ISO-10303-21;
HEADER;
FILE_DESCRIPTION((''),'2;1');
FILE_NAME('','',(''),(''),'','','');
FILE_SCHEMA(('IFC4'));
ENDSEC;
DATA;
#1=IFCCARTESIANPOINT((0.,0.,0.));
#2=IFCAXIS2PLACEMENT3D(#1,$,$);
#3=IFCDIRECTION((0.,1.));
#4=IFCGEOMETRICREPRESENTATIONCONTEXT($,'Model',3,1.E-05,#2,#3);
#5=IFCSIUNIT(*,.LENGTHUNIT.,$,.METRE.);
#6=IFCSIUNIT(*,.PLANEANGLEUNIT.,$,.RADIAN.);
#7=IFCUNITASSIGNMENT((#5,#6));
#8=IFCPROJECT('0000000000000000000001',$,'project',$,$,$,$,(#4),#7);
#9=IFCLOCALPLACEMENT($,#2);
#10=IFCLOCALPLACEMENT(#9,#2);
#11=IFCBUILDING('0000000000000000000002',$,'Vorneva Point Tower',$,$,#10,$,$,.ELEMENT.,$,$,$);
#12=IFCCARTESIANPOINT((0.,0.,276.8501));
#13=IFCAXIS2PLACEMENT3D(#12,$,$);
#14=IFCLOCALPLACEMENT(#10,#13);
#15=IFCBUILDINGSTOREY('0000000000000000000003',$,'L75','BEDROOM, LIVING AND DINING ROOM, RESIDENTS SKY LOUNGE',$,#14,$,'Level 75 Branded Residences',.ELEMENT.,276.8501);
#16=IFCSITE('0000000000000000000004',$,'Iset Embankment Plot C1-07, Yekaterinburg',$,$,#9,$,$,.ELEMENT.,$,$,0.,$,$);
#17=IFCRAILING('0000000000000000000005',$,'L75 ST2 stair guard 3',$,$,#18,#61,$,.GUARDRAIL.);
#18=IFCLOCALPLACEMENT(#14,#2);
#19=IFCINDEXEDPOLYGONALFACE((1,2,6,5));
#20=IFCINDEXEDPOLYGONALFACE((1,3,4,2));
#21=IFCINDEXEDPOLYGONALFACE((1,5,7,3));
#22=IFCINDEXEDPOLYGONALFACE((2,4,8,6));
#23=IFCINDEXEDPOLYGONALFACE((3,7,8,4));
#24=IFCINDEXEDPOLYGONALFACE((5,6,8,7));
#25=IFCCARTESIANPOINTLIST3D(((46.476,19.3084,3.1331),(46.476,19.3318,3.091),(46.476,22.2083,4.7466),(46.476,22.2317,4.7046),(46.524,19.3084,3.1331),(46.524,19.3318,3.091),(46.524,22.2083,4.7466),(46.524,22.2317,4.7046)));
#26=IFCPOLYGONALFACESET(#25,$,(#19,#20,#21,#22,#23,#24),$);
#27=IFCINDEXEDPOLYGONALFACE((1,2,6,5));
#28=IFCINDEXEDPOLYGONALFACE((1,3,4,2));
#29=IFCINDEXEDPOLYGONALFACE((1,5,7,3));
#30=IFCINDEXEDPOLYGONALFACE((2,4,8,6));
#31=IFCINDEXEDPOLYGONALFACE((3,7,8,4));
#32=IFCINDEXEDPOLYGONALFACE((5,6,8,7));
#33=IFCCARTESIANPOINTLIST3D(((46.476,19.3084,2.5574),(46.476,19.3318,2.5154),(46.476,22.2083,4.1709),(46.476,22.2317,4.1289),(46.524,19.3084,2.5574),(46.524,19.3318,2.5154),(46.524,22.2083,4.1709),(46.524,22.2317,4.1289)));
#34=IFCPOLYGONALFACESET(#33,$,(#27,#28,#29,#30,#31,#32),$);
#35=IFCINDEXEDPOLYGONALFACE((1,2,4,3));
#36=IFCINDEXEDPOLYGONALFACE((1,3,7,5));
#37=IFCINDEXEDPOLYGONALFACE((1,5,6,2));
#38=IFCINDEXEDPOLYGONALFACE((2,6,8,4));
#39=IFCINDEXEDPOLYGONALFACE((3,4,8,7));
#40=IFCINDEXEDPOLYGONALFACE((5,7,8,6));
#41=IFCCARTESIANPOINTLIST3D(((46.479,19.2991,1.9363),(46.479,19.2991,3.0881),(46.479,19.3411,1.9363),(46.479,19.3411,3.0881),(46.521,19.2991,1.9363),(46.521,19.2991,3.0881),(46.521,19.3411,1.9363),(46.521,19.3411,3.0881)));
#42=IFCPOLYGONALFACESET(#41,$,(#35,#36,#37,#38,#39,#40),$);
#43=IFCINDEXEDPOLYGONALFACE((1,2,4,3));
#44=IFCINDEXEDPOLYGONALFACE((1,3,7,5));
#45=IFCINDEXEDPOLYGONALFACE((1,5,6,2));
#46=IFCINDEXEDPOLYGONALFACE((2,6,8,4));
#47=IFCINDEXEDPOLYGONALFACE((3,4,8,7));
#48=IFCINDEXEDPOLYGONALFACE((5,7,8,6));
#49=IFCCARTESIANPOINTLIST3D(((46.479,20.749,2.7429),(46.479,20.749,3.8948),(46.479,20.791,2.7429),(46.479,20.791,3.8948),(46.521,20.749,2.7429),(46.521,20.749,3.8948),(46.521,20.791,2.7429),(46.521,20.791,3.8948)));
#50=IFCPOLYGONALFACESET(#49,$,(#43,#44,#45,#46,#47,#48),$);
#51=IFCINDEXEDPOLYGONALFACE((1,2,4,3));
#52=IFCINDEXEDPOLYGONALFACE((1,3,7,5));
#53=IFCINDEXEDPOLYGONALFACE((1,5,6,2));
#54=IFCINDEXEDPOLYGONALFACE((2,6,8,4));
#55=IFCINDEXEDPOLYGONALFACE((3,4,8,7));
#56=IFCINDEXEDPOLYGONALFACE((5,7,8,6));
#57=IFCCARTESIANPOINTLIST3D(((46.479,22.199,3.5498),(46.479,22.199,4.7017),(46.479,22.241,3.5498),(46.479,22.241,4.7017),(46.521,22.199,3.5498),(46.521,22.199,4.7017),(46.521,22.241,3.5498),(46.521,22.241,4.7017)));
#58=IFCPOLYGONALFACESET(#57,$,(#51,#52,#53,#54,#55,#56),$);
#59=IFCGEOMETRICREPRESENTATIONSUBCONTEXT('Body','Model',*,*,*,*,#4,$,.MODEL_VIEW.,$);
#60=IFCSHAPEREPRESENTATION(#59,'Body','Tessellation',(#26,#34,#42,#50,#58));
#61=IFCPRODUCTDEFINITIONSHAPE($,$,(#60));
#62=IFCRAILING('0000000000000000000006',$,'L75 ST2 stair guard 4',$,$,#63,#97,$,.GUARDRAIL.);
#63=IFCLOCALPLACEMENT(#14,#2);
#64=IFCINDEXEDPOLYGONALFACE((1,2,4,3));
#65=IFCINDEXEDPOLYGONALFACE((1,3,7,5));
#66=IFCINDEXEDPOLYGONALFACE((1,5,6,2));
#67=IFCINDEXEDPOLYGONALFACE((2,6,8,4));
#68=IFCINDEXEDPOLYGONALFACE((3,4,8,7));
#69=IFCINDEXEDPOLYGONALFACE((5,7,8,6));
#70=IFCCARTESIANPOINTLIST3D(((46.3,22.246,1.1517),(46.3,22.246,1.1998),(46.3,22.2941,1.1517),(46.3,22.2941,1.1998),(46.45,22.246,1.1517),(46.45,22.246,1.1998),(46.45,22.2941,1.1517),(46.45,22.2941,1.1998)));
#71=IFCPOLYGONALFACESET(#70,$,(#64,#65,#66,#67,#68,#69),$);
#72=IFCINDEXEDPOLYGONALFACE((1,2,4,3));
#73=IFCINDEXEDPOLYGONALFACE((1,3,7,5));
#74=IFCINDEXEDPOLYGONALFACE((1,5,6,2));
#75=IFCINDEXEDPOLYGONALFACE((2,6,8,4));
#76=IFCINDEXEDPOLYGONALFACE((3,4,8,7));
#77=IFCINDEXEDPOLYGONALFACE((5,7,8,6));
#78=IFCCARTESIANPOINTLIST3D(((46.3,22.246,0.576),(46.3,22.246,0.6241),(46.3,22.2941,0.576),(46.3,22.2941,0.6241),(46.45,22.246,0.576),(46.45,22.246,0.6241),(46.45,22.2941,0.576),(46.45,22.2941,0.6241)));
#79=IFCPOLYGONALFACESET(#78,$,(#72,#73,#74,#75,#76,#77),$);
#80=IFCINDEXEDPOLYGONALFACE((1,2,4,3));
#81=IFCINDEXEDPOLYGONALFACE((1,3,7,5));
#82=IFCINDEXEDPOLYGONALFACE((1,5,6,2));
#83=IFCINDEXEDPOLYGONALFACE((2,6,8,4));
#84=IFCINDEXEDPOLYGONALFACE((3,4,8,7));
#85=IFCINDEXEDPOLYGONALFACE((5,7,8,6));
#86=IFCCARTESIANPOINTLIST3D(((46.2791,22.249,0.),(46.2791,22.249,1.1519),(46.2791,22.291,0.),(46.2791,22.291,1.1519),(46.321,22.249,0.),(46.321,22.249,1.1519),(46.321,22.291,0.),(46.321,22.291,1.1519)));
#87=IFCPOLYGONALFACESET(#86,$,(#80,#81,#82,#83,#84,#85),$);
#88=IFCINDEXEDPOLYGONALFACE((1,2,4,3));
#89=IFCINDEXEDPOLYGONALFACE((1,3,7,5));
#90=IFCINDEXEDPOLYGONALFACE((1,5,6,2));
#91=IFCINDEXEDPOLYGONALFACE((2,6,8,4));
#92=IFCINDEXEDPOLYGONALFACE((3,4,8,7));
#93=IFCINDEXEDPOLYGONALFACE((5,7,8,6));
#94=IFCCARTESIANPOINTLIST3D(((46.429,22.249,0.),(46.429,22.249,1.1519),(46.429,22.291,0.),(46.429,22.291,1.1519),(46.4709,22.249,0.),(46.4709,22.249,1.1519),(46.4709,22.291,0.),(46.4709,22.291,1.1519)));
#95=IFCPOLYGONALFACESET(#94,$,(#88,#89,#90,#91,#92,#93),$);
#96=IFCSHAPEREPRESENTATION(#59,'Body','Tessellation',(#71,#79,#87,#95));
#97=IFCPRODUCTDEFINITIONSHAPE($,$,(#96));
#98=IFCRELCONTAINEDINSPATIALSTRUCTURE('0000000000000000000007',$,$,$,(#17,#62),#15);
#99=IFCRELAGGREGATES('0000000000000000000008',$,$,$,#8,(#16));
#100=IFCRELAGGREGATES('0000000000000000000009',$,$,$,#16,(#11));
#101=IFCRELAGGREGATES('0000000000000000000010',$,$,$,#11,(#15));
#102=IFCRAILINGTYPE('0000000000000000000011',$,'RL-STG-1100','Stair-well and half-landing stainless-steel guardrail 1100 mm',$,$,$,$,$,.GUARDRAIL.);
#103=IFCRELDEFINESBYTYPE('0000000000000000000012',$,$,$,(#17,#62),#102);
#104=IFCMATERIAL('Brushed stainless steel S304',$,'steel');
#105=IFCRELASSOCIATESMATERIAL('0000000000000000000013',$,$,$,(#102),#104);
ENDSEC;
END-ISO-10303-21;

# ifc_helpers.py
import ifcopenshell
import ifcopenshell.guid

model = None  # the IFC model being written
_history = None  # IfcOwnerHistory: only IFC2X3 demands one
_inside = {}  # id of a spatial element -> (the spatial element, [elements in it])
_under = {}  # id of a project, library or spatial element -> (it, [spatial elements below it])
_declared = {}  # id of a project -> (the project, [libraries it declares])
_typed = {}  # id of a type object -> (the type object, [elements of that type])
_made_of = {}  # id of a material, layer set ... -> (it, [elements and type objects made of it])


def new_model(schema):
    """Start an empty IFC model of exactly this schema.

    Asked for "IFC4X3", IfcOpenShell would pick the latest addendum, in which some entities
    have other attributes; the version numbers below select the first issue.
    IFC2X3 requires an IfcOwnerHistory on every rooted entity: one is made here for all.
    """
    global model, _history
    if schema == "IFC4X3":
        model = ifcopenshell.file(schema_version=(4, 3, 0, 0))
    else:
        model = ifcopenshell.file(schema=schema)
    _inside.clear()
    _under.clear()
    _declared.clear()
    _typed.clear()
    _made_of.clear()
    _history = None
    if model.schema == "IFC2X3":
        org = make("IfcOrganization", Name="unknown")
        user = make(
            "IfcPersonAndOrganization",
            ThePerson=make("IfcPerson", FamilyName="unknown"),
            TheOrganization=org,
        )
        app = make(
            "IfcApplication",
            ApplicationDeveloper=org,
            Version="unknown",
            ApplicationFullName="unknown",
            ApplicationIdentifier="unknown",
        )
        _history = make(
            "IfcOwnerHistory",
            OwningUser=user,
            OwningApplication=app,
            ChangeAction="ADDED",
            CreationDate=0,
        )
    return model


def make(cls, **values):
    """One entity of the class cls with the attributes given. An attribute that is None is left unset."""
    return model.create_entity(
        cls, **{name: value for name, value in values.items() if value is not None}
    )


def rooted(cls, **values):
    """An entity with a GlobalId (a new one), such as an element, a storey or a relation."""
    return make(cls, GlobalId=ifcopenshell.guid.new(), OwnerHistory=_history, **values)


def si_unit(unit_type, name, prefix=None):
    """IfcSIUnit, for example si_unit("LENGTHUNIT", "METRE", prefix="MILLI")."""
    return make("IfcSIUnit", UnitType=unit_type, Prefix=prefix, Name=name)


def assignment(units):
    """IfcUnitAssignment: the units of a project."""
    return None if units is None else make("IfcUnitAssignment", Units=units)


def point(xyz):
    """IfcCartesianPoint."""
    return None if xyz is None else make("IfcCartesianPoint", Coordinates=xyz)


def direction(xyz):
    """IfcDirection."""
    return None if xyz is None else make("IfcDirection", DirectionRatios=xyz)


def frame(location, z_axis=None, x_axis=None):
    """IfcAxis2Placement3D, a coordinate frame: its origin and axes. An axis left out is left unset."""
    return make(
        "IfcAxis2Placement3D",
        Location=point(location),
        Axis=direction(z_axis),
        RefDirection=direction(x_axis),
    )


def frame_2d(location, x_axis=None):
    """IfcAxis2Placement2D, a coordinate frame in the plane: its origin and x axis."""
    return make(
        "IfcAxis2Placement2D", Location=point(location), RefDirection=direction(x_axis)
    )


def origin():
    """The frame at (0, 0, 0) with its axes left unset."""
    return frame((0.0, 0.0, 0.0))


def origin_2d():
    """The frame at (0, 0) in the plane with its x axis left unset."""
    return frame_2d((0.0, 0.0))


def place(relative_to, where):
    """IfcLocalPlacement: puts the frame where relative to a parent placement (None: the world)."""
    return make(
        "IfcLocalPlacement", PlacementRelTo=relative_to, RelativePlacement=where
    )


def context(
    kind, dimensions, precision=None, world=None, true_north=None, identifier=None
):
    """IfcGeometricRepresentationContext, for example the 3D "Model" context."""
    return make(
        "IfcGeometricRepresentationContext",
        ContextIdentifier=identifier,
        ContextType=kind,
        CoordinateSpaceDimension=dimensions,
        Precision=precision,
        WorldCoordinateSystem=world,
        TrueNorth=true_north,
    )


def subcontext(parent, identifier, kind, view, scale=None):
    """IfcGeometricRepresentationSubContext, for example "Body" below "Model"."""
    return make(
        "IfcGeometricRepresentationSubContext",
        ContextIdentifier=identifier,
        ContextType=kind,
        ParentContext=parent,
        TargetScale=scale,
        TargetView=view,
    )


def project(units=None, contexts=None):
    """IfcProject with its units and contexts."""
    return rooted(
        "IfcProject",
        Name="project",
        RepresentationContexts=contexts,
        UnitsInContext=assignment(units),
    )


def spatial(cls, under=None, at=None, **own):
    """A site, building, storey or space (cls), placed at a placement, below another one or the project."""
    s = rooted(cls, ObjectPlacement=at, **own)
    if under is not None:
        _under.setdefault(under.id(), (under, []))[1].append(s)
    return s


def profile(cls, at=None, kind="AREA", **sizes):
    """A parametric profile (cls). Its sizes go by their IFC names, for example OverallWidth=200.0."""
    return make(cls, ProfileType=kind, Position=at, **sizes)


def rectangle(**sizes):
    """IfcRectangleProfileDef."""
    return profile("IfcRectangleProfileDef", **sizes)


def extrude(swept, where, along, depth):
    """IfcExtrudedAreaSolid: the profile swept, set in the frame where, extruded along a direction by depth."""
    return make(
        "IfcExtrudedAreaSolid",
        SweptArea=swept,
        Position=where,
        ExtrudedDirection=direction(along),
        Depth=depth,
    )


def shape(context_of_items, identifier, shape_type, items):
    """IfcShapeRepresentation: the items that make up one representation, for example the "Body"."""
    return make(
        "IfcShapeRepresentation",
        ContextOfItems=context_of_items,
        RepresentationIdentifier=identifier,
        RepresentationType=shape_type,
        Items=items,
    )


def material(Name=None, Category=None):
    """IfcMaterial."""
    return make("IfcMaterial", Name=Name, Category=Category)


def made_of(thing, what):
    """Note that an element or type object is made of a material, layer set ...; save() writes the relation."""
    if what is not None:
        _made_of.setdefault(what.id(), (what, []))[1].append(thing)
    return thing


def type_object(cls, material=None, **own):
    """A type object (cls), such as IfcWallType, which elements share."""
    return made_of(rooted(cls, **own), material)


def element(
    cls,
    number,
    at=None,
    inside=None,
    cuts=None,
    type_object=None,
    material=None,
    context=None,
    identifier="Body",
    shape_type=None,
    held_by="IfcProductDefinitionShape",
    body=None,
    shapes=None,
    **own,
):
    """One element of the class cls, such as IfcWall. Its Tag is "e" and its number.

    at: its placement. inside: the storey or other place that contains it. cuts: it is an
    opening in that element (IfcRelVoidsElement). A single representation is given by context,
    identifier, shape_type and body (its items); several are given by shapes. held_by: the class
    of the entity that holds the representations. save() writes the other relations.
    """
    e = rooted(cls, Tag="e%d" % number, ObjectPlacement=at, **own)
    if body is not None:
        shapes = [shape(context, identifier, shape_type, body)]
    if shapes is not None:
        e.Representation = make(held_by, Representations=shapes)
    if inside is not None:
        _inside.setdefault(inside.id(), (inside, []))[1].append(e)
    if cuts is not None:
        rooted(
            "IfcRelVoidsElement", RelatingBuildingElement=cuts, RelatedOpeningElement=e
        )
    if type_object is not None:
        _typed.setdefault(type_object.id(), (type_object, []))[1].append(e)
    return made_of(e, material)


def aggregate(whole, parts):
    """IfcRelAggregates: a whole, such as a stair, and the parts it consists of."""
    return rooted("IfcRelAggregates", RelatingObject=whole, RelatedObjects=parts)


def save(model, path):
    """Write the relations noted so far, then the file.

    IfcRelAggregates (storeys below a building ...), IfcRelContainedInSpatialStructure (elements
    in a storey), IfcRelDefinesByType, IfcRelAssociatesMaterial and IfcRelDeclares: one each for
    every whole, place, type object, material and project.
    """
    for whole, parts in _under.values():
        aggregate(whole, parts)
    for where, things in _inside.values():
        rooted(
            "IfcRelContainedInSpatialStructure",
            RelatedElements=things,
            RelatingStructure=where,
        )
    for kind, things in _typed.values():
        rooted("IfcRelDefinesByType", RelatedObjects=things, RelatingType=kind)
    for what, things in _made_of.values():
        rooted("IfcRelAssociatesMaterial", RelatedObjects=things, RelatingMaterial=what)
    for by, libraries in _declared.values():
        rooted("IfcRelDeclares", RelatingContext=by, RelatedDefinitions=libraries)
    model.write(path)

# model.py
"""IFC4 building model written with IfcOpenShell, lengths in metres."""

from ifc_helpers import new_model, si_unit, direction, frame, origin, origin_2d, place, context, subcontext, project, spatial, rectangle, extrude, material, type_object, element, save


model = new_model("IFC4")

# Units and contexts
model_context = context("Model", 3, precision=1e-05, world=origin(), true_north=direction((0.0, 1.0)))
body_context = subcontext(model_context, "Body", "Model", "MODEL_VIEW")
ifc_project = project(units=[si_unit("LENGTHUNIT", "METRE"), si_unit("PLANEANGLEUNIT", "RADIAN")], contexts=[model_context])

# Site, building, storey
site_placement = place(None, origin())
site = spatial("IfcSite", under=ifc_project, at=site_placement, Name="Iset Embankment Plot C1-07, Yekaterinburg", CompositionType="ELEMENT", RefElevation=0.0)
building_placement = place(site_placement, origin())
building = spatial("IfcBuilding", under=site, at=building_placement, Name="Vorneva Point Tower", CompositionType="ELEMENT")
storey_placement = place(building_placement, frame((0.0, 0.0, 276.8501)))
storey = spatial("IfcBuildingStorey", under=building, at=storey_placement, Name="L75", Description="BEDROOM, LIVING AND DINING ROOM, RESIDENTS SKY LOUNGE", LongName="Level 75 Branded Residences", CompositionType="ELEMENT", Elevation=276.8501)

# Shared definitions
ifc_material_1 = material(Name="Brushed stainless steel S304", Category="steel")

# Railings
railing_type_1 = type_object("IfcRailingType", Name="RL-STG-1100", Description="Stair-well and half-landing stainless-steel guardrail 1100 mm", PredefinedType="GUARDRAIL", material=ifc_material_1)
railing_1_placement = place(storey_placement, frame((46.5, 19.3201, 1.9363)))
element("IfcRailing", 1, at=railing_1_placement, inside=storey, type_object=railing_type_1, Name="L75 ST2 stair guard 3", PredefinedType="GUARDRAIL", context=body_context, shape_type="SweptSolid", body=[
    extrude(rectangle(XDim=0.0481, YDim=0.0481, at=origin_2d()), frame((0.0, 0.0, 1.1758), z_axis=(0.0, 0.873841, 0.486211), x_axis=(-1.0, 0.0, 0.0)), (0.0, 0.0, 1.0), 3.3186),
    extrude(rectangle(XDim=0.0481, YDim=0.0481, at=origin_2d()), frame((0.0, 0.0, 0.6001), z_axis=(0.0, 0.873841, 0.486211), x_axis=(-1.0, 0.0, 0.0)), (0.0, 0.0, 1.0), 3.3186),
    extrude(rectangle(XDim=0.042, YDim=0.042, at=origin_2d()), origin(), (0.0, 0.0, 1.0), 1.1519),
    extrude(rectangle(XDim=0.042, YDim=0.042, at=origin_2d()), frame((0.0, 1.45, 0.8066)), (0.0, 0.0, 1.0), 1.1519),
    extrude(rectangle(XDim=0.042, YDim=0.042, at=origin_2d()), frame((0.0, 2.8999, 1.6135)), (0.0, 0.0, 1.0), 1.1519),
])
railing_2_placement = place(storey_placement, frame((46.3, 22.27, 0.0)))
element("IfcRailing", 2, at=railing_2_placement, inside=storey, type_object=railing_type_1, Name="L75 ST2 stair guard 4", PredefinedType="GUARDRAIL", context=body_context, shape_type="SweptSolid", body=[
    extrude(rectangle(XDim=0.0481, YDim=0.0481, at=origin_2d()), frame((0.0, 0.0, 1.1758), z_axis=(1.0, 0.0, 0.0), x_axis=(0.0, 1.0, 0.0)), (0.0, 0.0, 1.0), 0.1499),
    extrude(rectangle(XDim=0.0481, YDim=0.0481, at=origin_2d()), frame((0.0, 0.0, 0.6001), z_axis=(1.0, 0.0, 0.0), x_axis=(0.0, 1.0, 0.0)), (0.0, 0.0, 1.0), 0.1499),
    extrude(rectangle(XDim=0.042, YDim=0.042, at=origin_2d()), origin(), (0.0, 0.0, 1.0), 1.1519),
    extrude(rectangle(XDim=0.042, YDim=0.042, at=origin_2d()), frame((0.1499, 0.0, 0.0)), (0.0, 0.0, 1.0), 1.1519),
])

save(model, "model.ifc")
